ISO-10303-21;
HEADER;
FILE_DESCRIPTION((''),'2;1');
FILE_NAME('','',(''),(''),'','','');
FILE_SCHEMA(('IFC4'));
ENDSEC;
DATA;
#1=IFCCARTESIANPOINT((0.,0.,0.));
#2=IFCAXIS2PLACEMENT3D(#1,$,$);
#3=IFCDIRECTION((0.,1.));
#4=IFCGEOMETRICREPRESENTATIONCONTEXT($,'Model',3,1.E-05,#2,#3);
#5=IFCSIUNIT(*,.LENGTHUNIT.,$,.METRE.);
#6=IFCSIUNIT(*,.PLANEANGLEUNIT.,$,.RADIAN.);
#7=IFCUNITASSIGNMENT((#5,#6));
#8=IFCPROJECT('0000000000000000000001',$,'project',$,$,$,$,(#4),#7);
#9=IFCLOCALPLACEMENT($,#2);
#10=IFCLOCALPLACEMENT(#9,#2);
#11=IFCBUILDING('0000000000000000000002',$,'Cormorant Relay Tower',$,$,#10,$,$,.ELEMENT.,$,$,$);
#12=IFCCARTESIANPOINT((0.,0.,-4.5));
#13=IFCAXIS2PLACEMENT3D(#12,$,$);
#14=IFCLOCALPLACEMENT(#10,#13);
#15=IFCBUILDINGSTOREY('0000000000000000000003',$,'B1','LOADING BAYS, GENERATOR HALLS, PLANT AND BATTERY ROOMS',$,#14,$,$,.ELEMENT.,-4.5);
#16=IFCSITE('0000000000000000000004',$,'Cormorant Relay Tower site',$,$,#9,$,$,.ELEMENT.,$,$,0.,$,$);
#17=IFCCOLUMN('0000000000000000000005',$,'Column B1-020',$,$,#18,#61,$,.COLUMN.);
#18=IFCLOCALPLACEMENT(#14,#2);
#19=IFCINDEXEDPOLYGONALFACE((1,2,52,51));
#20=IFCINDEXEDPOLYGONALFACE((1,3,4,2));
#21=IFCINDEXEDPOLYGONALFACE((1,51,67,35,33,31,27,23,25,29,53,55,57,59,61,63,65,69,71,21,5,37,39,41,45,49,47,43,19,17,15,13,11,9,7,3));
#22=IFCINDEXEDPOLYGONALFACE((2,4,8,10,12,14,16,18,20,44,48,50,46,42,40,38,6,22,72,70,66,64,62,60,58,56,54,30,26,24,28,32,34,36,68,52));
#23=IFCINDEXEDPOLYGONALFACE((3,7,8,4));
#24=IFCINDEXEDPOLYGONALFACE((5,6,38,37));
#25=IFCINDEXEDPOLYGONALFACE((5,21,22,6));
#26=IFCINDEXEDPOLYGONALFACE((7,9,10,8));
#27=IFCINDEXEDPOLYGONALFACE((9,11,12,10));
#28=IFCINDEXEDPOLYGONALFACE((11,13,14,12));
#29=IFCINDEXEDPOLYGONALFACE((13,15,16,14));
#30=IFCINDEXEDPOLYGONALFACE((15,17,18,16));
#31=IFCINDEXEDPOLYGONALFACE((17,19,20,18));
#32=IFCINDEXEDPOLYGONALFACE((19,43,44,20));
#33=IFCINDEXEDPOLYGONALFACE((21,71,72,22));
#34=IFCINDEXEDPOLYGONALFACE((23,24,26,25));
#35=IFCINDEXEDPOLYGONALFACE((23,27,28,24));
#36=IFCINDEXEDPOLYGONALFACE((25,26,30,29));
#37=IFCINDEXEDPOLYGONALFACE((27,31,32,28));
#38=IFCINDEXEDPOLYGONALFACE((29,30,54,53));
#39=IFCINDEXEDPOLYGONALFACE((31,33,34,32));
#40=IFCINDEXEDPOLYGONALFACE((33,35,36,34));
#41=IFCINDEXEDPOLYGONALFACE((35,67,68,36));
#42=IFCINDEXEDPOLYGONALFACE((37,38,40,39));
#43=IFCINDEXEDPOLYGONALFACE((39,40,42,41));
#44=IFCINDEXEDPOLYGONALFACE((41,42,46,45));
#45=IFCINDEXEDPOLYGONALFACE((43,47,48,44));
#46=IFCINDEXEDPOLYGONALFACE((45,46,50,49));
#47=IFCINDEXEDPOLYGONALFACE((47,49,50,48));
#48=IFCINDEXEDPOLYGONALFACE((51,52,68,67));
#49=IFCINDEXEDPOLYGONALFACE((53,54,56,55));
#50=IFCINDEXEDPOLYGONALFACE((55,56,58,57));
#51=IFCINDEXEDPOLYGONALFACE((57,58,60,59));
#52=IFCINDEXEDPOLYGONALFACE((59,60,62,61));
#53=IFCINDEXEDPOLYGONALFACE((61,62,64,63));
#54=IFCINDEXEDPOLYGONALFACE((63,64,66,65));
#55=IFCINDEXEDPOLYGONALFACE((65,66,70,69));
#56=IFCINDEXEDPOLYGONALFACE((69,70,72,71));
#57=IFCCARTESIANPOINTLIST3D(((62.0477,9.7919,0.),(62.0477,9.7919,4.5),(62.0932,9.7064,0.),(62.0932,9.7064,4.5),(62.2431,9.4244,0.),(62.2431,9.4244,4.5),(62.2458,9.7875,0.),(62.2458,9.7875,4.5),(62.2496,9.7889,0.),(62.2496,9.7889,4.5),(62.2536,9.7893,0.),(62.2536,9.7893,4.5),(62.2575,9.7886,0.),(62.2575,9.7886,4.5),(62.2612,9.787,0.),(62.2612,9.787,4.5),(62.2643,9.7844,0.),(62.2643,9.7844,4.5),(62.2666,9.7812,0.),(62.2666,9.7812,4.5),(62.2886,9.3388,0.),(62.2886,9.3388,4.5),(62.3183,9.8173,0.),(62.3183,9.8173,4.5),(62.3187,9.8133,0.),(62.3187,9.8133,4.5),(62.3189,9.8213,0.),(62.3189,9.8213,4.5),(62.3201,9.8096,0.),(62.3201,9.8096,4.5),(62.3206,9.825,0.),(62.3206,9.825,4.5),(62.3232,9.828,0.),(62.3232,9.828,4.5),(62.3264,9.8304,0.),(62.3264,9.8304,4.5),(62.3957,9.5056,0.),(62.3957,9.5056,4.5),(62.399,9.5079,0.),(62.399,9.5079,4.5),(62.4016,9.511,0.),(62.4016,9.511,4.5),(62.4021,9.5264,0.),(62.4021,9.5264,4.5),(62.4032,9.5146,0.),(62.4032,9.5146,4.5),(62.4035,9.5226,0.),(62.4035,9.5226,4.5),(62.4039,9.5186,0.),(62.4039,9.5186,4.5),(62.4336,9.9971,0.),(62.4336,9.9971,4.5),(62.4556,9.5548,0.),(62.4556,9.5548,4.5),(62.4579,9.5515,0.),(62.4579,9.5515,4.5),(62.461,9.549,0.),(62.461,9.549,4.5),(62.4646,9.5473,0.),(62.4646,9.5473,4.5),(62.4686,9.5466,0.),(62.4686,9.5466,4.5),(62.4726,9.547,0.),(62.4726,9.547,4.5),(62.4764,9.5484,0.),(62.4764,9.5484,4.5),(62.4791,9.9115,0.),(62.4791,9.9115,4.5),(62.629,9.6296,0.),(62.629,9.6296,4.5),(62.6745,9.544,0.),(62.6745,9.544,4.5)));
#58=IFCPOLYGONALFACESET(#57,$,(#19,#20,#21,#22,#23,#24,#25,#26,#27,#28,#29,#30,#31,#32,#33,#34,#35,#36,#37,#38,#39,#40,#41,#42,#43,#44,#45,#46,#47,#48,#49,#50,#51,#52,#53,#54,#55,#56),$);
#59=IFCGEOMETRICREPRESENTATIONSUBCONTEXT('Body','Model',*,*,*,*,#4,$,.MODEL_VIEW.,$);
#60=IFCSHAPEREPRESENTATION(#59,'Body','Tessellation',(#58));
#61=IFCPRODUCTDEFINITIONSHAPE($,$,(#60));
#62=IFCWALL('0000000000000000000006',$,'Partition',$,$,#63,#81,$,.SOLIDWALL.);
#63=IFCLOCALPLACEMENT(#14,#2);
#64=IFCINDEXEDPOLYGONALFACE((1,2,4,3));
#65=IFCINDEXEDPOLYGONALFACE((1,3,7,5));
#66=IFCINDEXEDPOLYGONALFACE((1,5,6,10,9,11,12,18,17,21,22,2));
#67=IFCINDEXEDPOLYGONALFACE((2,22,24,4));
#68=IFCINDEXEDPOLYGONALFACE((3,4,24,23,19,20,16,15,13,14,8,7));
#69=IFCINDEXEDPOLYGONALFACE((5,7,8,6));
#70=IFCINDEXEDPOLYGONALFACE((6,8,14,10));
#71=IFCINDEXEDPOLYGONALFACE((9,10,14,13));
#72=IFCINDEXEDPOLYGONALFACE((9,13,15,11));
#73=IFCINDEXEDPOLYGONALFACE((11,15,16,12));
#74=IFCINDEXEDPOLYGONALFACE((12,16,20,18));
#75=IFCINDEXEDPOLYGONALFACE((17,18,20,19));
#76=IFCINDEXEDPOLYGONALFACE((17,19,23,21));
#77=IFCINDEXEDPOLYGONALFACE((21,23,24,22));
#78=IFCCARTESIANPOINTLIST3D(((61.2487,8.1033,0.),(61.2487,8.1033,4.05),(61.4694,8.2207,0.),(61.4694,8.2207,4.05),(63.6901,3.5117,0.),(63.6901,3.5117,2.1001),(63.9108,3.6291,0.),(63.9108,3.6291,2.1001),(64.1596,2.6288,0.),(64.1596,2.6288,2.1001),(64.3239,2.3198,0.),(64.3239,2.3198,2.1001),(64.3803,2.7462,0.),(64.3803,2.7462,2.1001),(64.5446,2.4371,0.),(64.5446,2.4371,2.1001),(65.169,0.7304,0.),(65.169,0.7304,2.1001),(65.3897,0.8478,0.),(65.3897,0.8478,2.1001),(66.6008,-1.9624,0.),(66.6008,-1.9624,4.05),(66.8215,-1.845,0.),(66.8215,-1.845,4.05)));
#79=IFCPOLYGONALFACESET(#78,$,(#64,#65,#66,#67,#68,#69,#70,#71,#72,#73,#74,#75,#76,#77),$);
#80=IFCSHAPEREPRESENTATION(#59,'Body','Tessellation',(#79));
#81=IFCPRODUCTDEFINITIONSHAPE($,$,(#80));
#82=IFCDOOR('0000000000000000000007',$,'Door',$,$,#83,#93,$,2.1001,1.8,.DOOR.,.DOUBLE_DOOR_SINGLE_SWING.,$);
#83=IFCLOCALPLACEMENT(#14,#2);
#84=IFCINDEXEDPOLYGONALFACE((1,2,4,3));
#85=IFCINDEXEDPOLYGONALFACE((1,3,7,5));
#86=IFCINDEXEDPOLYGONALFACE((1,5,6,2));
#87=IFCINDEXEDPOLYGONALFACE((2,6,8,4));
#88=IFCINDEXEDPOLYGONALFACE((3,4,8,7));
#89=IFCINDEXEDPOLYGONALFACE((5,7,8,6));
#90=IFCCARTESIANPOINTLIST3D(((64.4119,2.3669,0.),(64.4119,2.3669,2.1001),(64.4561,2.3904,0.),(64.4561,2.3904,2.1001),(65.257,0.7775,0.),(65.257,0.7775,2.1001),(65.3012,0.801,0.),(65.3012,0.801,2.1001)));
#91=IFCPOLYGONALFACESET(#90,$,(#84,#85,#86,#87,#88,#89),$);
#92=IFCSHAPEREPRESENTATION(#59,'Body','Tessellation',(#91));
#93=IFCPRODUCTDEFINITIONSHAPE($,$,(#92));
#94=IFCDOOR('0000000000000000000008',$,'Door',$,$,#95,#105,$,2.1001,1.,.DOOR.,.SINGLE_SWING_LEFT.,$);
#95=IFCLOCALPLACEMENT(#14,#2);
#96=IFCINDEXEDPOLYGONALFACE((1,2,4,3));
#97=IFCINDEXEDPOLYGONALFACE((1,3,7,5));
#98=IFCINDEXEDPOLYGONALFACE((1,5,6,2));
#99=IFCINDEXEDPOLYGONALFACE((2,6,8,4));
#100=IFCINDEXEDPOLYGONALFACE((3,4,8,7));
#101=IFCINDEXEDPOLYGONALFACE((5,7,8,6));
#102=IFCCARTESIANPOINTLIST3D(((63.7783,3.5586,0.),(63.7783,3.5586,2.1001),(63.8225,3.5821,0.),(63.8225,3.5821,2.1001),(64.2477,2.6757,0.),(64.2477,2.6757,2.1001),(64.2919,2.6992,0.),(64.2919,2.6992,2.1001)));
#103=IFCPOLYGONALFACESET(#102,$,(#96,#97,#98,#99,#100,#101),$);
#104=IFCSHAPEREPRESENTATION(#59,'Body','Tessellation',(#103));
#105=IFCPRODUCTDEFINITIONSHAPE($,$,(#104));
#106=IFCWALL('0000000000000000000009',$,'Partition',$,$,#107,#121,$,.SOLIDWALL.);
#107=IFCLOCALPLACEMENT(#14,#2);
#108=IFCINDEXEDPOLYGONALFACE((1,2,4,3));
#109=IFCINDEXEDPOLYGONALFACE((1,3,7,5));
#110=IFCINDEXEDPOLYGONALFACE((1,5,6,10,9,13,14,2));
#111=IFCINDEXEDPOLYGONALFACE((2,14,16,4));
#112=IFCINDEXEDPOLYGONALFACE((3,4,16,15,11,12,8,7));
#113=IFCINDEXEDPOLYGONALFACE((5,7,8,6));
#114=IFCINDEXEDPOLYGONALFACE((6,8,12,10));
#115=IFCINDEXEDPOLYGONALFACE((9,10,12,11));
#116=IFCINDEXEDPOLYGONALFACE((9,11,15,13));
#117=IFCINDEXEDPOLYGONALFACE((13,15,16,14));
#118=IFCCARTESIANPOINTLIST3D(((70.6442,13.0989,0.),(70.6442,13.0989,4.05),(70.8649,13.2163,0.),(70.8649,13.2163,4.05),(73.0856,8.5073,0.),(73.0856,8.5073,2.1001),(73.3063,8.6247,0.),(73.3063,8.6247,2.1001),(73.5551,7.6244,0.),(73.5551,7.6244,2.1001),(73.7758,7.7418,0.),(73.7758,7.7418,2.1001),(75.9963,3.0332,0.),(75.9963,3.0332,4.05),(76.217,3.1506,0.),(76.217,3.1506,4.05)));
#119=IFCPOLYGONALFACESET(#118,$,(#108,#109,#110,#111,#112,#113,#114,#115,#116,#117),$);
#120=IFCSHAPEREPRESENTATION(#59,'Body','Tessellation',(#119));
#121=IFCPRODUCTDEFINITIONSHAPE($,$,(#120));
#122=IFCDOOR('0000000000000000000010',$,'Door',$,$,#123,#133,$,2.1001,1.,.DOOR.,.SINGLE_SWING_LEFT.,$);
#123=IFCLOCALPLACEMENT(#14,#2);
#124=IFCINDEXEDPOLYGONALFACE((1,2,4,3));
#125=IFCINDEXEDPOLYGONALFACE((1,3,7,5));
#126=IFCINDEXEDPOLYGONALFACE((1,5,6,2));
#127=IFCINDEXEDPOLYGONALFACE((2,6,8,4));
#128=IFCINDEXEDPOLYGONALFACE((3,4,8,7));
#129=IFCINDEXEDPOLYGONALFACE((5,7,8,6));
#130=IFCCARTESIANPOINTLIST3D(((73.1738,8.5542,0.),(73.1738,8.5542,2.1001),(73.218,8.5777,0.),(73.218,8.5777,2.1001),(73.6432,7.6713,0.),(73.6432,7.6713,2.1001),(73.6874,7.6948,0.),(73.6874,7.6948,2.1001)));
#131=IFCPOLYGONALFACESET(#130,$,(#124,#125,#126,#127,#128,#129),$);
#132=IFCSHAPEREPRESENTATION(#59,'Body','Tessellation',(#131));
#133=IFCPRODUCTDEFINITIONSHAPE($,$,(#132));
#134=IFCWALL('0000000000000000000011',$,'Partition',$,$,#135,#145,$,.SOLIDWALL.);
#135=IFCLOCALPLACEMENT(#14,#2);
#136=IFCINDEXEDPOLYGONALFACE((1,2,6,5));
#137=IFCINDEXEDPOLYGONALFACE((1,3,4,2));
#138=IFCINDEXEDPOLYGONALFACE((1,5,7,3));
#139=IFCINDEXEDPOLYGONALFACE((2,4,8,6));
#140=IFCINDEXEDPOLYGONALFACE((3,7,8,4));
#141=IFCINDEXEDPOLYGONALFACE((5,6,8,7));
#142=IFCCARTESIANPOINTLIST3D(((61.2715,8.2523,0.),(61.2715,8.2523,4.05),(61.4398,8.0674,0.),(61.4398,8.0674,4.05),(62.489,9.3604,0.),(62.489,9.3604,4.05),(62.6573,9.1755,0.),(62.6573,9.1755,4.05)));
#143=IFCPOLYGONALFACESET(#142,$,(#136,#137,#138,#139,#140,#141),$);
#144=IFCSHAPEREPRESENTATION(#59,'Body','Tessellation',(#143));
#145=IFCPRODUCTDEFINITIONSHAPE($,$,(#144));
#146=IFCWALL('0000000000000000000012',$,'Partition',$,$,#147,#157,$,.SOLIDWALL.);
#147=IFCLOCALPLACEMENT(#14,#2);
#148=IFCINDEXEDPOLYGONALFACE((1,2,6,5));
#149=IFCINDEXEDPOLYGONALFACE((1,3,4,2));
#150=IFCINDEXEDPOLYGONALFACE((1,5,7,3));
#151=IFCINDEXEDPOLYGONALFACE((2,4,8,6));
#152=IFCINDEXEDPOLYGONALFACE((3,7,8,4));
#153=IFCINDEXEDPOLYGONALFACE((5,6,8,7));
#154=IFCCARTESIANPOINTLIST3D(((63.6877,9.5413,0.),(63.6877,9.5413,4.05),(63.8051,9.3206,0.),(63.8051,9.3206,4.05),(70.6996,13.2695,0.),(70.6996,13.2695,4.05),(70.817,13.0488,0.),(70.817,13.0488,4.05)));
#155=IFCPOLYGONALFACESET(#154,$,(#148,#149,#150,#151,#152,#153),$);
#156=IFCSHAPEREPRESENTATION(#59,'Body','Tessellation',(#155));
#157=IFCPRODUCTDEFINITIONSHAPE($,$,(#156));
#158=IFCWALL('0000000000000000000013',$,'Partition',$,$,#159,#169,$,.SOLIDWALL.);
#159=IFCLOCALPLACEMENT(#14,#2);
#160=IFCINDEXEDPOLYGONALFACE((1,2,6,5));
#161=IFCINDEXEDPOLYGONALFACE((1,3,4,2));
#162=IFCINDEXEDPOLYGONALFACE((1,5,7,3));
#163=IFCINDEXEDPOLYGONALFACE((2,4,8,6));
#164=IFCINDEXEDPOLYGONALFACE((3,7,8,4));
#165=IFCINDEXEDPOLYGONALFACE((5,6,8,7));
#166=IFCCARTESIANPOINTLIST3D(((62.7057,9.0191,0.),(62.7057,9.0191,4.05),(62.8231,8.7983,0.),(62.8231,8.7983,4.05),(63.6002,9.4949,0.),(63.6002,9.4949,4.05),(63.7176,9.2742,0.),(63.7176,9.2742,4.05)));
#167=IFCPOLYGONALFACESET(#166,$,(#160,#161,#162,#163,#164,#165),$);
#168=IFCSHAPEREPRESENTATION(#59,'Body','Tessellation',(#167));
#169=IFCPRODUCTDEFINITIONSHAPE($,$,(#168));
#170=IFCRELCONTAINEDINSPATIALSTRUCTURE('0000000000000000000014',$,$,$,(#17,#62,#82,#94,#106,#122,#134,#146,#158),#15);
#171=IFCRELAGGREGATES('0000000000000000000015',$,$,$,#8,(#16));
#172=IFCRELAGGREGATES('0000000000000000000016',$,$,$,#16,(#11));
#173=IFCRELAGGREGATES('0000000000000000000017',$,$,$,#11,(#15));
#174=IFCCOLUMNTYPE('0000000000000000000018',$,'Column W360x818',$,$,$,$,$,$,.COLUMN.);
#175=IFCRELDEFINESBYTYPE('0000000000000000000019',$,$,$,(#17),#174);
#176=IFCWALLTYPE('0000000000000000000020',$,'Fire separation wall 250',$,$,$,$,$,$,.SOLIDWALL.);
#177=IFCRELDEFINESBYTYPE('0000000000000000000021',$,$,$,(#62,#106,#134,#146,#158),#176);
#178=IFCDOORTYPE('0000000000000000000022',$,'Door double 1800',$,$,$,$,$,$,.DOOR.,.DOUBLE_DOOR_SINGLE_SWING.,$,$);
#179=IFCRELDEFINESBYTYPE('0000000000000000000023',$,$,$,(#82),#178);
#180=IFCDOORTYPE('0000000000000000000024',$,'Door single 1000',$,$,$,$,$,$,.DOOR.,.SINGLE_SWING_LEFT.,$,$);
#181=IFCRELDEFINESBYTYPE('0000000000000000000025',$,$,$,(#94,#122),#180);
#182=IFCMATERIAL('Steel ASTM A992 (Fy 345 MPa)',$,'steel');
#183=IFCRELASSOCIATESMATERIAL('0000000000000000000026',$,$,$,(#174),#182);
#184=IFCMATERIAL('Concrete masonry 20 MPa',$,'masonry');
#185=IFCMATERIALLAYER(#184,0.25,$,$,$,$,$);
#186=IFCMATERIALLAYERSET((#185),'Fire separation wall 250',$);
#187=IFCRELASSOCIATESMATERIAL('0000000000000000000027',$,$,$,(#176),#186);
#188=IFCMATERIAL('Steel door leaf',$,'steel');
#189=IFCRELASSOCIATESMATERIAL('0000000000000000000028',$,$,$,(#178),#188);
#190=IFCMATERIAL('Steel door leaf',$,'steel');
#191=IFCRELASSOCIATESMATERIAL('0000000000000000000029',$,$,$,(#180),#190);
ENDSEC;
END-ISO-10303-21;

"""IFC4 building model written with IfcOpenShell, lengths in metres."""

from ifc_helpers import new_model, si_unit, direction, frame, frame_2d, origin, origin_2d, place, context, subcontext, project, spatial, rectangle, i_section, extrude, material, layer, layer_set, material_profile, profile_set, type_object, element, fill, save


model = new_model("IFC4")

# Units and contexts
model_context = context("Model", 3, precision=1e-05, world=origin(), true_north=direction((0.0, 1.0)))
body_context = subcontext(model_context, "Body", "Model", "MODEL_VIEW")
ifc_project = project(units=[si_unit("LENGTHUNIT", "METRE"), si_unit("PLANEANGLEUNIT", "RADIAN")], contexts=[model_context])

# Site, building, storey
site_placement = place(None, origin())
site = spatial("IfcSite", under=ifc_project, at=site_placement, Name="Cormorant Relay Tower site", CompositionType="ELEMENT", RefElevation=0.0)
building_placement = place(site_placement, origin())
building = spatial("IfcBuilding", under=site, at=building_placement, Name="Cormorant Relay Tower", CompositionType="ELEMENT")
storey_placement = place(building_placement, frame((0.0, 0.0, -4.5)))
storey = spatial("IfcBuildingStorey", under=building, at=storey_placement, Name="B1", Description="LOADING BAYS, GENERATOR HALLS, PLANT AND BATTERY ROOMS", CompositionType="ELEMENT", Elevation=-4.5)

# Column
ifc_material_1 = material(Name="Steel ASTM A992 (Fy 345 MPa)", Category="steel")
ifc_material_profile_1 = material_profile(ifc_material_1, i_section(OverallWidth=0.437, OverallDepth=0.5132, WebThickness=0.0605, FlangeThickness=0.0969, FilletRadius=0.0154, at=origin_2d()), Name="W360x818")
ifc_profile_set_1 = profile_set([ifc_material_profile_1], Name="Steel ASTM A992 (Fy 345 MPa)")
column_type_1 = type_object("IfcColumnType", Name="Column W360x818", PredefinedType="COLUMN", material=ifc_profile_set_1)
column_placement = place(storey_placement, frame((62.3611, 9.668, 0.0), z_axis=(0.0, 0.0, 1.0), x_axis=(0.882948, 0.469472, 0.0)))
element("IfcColumn", 1, at=column_placement, inside=storey, type_object=column_type_1, Name="Column B1-020", PredefinedType="COLUMN", context=body_context, shape_type="SweptSolid", body=[
    extrude(i_section(OverallWidth=0.437, OverallDepth=0.5132, WebThickness=0.0605, FlangeThickness=0.0969, FilletRadius=0.0154, at=origin_2d()), origin(), (0.0, 0.0, 1.0), 4.5),
])

# Wall, openings, doors
ifc_material_2 = material(Name="Concrete masonry 20 MPa", Category="masonry")
ifc_layer_1 = layer(ifc_material_2, 0.25)
ifc_layer_set_1 = layer_set([ifc_layer_1], Name="Fire separation wall 250")
wall_type_1 = type_object("IfcWallType", Name="Fire separation wall 250", PredefinedType="SOLIDWALL", material=ifc_layer_set_1)
wall_1_placement = place(storey_placement, frame((66.7112, -1.9038, 0.0), z_axis=(0.0, 0.0, 1.0), x_axis=(-0.469474, 0.882946, 0.0)))
wall_1 = element("IfcWall", 2, at=wall_1_placement, inside=storey, type_object=wall_type_1, Name="Partition", PredefinedType="SOLIDWALL", context=body_context, shape_type="SweptSolid", body=[
    extrude(rectangle(XDim=11.4001, YDim=0.25, at=frame_2d((5.7002, 0.0))), origin(), (0.0, 0.0, 1.0), 4.05),
])
opening_1_placement = place(wall_1_placement, frame((5.2, 0.0, 0.0)))
opening_1 = element("IfcOpeningElement", 3, at=opening_1_placement, cuts=wall_1, PredefinedType="OPENING", context=body_context, shape_type="SweptSolid", body=[
    extrude(rectangle(XDim=1.0, YDim=2.1001, at=frame_2d((0.5, 1.05))), frame((0.0, 0.135, 0.0), z_axis=(0.0, -1.0, 0.0), x_axis=(1.0, 0.0, 0.0)), (0.0, 0.0, 1.0), 0.27),
])
opening_2_placement = place(wall_1_placement, frame((3.05, 0.0, 0.0)))
opening_2 = element("IfcOpeningElement", 4, at=opening_2_placement, cuts=wall_1, PredefinedType="OPENING", context=body_context, shape_type="SweptSolid", body=[
    extrude(rectangle(XDim=1.8, YDim=2.1001, at=frame_2d((0.8999, 1.05))), frame((0.0, 0.135, 0.0), z_axis=(0.0, -1.0, 0.0), x_axis=(1.0, 0.0, 0.0)), (0.0, 0.0, 1.0), 0.27),
])
ifc_material_3 = material(Name="Steel door leaf", Category="steel")
door_type_1 = type_object("IfcDoorType", Name="Door double 1800", OperationType="DOUBLE_DOOR_SINGLE_SWING", PredefinedType="DOOR", material=ifc_material_3)
door_1_placement = place(opening_2_placement, frame((1.8, 0.0, 0.0), z_axis=(0.0, 0.0, 1.0), x_axis=(-1.0, 0.0, 0.0)))
door_1 = element("IfcDoor", 5, at=door_1_placement, inside=storey, type_object=door_type_1, Name="Door", OperationType="DOUBLE_DOOR_SINGLE_SWING", OverallHeight=2.1001, OverallWidth=1.8, PredefinedType="DOOR", context=body_context, shape_type="SweptSolid", body=[
    extrude(rectangle(XDim=1.8, YDim=2.1001, at=frame_2d((0.8999, 1.05))), frame((0.0, 0.0249, 0.0), z_axis=(0.0, -1.0, 0.0), x_axis=(1.0, 0.0, 0.0)), (0.0, 0.0, 1.0), 0.05),
])
fill(opening_2, door_1)
ifc_material_4 = material(Name="Steel door leaf", Category="steel")
door_type_2 = type_object("IfcDoorType", Name="Door single 1000", OperationType="SINGLE_SWING_LEFT", PredefinedType="DOOR", material=ifc_material_4)
door_2_placement = place(opening_1_placement, frame((1.0, 0.0, 0.0), z_axis=(0.0, 0.0, 1.0), x_axis=(-1.0, 0.0, 0.0)))
door_2 = element("IfcDoor", 6, at=door_2_placement, inside=storey, type_object=door_type_2, Name="Door", OperationType="SINGLE_SWING_LEFT", OverallHeight=2.1001, OverallWidth=1.0, PredefinedType="DOOR", context=body_context, shape_type="SweptSolid", body=[
    extrude(rectangle(XDim=1.0, YDim=2.1001, at=frame_2d((0.5, 1.05))), frame((0.0, 0.0249, 0.0), z_axis=(0.0, -1.0, 0.0), x_axis=(1.0, 0.0, 0.0)), (0.0, 0.0, 1.0), 0.05),
])
fill(opening_1, door_2)

# Wall, opening, door
wall_2_placement = place(storey_placement, frame((76.1067, 3.0918, 0.0), z_axis=(0.0, 0.0, 1.0), x_axis=(-0.469474, 0.882946, 0.0)))
wall_2 = element("IfcWall", 7, at=wall_2_placement, inside=storey, type_object=wall_type_1, Name="Partition", PredefinedType="SOLIDWALL", context=body_context, shape_type="SweptSolid", body=[
    extrude(rectangle(XDim=11.4001, YDim=0.25, at=frame_2d((5.7002, 0.0))), origin(), (0.0, 0.0, 1.0), 4.05),
])
opening_3_placement = place(wall_2_placement, frame((5.2, 0.0, 0.0)))
opening_3 = element("IfcOpeningElement", 8, at=opening_3_placement, cuts=wall_2, PredefinedType="OPENING", context=body_context, shape_type="SweptSolid", body=[
    extrude(rectangle(XDim=1.0, YDim=2.1001, at=frame_2d((0.5, 1.05))), frame((0.0, 0.135, 0.0), z_axis=(0.0, -1.0, 0.0), x_axis=(1.0, 0.0, 0.0)), (0.0, 0.0, 1.0), 0.27),
])
door_3_placement = place(opening_3_placement, frame((1.0, 0.0, 0.0), z_axis=(0.0, 0.0, 1.0), x_axis=(-1.0, 0.0, 0.0)))
door_3 = element("IfcDoor", 9, at=door_3_placement, inside=storey, type_object=door_type_2, Name="Door", OperationType="SINGLE_SWING_LEFT", OverallHeight=2.1001, OverallWidth=1.0, PredefinedType="DOOR", context=body_context, shape_type="SweptSolid", body=[
    extrude(rectangle(XDim=1.0, YDim=2.1001, at=frame_2d((0.5, 1.05))), frame((0.0, 0.0249, 0.0), z_axis=(0.0, -1.0, 0.0), x_axis=(1.0, 0.0, 0.0)), (0.0, 0.0, 1.0), 0.05),
])
fill(opening_3, door_3)

# Walls
wall_3_placement = place(storey_placement, frame((62.5732, 9.2681, 0.0), z_axis=(0.0, 0.0, 1.0), x_axis=(-0.739544, -0.673108, 0.0)))
element("IfcWall", 10, at=wall_3_placement, inside=storey, type_object=wall_type_1, Name="Partition", PredefinedType="SOLIDWALL", context=body_context, shape_type="SweptSolid", body=[
    extrude(rectangle(XDim=1.6462, YDim=0.25, at=frame_2d((0.8232, 0.0))), origin(), (0.0, 0.0, 1.0), 4.05),
])
wall_4_placement = place(storey_placement, frame((70.7583, 13.1592, 0.0), z_axis=(0.0, 0.0, 1.0), x_axis=(-0.88295, -0.469466, 0.0)))
element("IfcWall", 11, at=wall_4_placement, inside=storey, type_object=wall_type_1, Name="Partition", PredefinedType="SOLIDWALL", context=body_context, shape_type="SweptSolid", body=[
    extrude(rectangle(XDim=7.9414, YDim=0.25, at=frame_2d((3.9707, 0.0))), origin(), (0.0, 0.0, 1.0), 4.05),
])
wall_5_placement = place(storey_placement, frame((63.6589, 9.3845, 0.0), z_axis=(0.0, 0.0, 1.0), x_axis=(-0.882866, -0.469625, 0.0)))
element("IfcWall", 12, at=wall_5_placement, inside=storey, type_object=wall_type_1, Name="Partition", PredefinedType="SOLIDWALL", context=body_context, shape_type="SweptSolid", body=[
    extrude(rectangle(XDim=1.0132, YDim=0.25, at=frame_2d((0.5066, 0.0))), origin(), (0.0, 0.0, 1.0), 4.05),
])

save(model, "model.ifc")
